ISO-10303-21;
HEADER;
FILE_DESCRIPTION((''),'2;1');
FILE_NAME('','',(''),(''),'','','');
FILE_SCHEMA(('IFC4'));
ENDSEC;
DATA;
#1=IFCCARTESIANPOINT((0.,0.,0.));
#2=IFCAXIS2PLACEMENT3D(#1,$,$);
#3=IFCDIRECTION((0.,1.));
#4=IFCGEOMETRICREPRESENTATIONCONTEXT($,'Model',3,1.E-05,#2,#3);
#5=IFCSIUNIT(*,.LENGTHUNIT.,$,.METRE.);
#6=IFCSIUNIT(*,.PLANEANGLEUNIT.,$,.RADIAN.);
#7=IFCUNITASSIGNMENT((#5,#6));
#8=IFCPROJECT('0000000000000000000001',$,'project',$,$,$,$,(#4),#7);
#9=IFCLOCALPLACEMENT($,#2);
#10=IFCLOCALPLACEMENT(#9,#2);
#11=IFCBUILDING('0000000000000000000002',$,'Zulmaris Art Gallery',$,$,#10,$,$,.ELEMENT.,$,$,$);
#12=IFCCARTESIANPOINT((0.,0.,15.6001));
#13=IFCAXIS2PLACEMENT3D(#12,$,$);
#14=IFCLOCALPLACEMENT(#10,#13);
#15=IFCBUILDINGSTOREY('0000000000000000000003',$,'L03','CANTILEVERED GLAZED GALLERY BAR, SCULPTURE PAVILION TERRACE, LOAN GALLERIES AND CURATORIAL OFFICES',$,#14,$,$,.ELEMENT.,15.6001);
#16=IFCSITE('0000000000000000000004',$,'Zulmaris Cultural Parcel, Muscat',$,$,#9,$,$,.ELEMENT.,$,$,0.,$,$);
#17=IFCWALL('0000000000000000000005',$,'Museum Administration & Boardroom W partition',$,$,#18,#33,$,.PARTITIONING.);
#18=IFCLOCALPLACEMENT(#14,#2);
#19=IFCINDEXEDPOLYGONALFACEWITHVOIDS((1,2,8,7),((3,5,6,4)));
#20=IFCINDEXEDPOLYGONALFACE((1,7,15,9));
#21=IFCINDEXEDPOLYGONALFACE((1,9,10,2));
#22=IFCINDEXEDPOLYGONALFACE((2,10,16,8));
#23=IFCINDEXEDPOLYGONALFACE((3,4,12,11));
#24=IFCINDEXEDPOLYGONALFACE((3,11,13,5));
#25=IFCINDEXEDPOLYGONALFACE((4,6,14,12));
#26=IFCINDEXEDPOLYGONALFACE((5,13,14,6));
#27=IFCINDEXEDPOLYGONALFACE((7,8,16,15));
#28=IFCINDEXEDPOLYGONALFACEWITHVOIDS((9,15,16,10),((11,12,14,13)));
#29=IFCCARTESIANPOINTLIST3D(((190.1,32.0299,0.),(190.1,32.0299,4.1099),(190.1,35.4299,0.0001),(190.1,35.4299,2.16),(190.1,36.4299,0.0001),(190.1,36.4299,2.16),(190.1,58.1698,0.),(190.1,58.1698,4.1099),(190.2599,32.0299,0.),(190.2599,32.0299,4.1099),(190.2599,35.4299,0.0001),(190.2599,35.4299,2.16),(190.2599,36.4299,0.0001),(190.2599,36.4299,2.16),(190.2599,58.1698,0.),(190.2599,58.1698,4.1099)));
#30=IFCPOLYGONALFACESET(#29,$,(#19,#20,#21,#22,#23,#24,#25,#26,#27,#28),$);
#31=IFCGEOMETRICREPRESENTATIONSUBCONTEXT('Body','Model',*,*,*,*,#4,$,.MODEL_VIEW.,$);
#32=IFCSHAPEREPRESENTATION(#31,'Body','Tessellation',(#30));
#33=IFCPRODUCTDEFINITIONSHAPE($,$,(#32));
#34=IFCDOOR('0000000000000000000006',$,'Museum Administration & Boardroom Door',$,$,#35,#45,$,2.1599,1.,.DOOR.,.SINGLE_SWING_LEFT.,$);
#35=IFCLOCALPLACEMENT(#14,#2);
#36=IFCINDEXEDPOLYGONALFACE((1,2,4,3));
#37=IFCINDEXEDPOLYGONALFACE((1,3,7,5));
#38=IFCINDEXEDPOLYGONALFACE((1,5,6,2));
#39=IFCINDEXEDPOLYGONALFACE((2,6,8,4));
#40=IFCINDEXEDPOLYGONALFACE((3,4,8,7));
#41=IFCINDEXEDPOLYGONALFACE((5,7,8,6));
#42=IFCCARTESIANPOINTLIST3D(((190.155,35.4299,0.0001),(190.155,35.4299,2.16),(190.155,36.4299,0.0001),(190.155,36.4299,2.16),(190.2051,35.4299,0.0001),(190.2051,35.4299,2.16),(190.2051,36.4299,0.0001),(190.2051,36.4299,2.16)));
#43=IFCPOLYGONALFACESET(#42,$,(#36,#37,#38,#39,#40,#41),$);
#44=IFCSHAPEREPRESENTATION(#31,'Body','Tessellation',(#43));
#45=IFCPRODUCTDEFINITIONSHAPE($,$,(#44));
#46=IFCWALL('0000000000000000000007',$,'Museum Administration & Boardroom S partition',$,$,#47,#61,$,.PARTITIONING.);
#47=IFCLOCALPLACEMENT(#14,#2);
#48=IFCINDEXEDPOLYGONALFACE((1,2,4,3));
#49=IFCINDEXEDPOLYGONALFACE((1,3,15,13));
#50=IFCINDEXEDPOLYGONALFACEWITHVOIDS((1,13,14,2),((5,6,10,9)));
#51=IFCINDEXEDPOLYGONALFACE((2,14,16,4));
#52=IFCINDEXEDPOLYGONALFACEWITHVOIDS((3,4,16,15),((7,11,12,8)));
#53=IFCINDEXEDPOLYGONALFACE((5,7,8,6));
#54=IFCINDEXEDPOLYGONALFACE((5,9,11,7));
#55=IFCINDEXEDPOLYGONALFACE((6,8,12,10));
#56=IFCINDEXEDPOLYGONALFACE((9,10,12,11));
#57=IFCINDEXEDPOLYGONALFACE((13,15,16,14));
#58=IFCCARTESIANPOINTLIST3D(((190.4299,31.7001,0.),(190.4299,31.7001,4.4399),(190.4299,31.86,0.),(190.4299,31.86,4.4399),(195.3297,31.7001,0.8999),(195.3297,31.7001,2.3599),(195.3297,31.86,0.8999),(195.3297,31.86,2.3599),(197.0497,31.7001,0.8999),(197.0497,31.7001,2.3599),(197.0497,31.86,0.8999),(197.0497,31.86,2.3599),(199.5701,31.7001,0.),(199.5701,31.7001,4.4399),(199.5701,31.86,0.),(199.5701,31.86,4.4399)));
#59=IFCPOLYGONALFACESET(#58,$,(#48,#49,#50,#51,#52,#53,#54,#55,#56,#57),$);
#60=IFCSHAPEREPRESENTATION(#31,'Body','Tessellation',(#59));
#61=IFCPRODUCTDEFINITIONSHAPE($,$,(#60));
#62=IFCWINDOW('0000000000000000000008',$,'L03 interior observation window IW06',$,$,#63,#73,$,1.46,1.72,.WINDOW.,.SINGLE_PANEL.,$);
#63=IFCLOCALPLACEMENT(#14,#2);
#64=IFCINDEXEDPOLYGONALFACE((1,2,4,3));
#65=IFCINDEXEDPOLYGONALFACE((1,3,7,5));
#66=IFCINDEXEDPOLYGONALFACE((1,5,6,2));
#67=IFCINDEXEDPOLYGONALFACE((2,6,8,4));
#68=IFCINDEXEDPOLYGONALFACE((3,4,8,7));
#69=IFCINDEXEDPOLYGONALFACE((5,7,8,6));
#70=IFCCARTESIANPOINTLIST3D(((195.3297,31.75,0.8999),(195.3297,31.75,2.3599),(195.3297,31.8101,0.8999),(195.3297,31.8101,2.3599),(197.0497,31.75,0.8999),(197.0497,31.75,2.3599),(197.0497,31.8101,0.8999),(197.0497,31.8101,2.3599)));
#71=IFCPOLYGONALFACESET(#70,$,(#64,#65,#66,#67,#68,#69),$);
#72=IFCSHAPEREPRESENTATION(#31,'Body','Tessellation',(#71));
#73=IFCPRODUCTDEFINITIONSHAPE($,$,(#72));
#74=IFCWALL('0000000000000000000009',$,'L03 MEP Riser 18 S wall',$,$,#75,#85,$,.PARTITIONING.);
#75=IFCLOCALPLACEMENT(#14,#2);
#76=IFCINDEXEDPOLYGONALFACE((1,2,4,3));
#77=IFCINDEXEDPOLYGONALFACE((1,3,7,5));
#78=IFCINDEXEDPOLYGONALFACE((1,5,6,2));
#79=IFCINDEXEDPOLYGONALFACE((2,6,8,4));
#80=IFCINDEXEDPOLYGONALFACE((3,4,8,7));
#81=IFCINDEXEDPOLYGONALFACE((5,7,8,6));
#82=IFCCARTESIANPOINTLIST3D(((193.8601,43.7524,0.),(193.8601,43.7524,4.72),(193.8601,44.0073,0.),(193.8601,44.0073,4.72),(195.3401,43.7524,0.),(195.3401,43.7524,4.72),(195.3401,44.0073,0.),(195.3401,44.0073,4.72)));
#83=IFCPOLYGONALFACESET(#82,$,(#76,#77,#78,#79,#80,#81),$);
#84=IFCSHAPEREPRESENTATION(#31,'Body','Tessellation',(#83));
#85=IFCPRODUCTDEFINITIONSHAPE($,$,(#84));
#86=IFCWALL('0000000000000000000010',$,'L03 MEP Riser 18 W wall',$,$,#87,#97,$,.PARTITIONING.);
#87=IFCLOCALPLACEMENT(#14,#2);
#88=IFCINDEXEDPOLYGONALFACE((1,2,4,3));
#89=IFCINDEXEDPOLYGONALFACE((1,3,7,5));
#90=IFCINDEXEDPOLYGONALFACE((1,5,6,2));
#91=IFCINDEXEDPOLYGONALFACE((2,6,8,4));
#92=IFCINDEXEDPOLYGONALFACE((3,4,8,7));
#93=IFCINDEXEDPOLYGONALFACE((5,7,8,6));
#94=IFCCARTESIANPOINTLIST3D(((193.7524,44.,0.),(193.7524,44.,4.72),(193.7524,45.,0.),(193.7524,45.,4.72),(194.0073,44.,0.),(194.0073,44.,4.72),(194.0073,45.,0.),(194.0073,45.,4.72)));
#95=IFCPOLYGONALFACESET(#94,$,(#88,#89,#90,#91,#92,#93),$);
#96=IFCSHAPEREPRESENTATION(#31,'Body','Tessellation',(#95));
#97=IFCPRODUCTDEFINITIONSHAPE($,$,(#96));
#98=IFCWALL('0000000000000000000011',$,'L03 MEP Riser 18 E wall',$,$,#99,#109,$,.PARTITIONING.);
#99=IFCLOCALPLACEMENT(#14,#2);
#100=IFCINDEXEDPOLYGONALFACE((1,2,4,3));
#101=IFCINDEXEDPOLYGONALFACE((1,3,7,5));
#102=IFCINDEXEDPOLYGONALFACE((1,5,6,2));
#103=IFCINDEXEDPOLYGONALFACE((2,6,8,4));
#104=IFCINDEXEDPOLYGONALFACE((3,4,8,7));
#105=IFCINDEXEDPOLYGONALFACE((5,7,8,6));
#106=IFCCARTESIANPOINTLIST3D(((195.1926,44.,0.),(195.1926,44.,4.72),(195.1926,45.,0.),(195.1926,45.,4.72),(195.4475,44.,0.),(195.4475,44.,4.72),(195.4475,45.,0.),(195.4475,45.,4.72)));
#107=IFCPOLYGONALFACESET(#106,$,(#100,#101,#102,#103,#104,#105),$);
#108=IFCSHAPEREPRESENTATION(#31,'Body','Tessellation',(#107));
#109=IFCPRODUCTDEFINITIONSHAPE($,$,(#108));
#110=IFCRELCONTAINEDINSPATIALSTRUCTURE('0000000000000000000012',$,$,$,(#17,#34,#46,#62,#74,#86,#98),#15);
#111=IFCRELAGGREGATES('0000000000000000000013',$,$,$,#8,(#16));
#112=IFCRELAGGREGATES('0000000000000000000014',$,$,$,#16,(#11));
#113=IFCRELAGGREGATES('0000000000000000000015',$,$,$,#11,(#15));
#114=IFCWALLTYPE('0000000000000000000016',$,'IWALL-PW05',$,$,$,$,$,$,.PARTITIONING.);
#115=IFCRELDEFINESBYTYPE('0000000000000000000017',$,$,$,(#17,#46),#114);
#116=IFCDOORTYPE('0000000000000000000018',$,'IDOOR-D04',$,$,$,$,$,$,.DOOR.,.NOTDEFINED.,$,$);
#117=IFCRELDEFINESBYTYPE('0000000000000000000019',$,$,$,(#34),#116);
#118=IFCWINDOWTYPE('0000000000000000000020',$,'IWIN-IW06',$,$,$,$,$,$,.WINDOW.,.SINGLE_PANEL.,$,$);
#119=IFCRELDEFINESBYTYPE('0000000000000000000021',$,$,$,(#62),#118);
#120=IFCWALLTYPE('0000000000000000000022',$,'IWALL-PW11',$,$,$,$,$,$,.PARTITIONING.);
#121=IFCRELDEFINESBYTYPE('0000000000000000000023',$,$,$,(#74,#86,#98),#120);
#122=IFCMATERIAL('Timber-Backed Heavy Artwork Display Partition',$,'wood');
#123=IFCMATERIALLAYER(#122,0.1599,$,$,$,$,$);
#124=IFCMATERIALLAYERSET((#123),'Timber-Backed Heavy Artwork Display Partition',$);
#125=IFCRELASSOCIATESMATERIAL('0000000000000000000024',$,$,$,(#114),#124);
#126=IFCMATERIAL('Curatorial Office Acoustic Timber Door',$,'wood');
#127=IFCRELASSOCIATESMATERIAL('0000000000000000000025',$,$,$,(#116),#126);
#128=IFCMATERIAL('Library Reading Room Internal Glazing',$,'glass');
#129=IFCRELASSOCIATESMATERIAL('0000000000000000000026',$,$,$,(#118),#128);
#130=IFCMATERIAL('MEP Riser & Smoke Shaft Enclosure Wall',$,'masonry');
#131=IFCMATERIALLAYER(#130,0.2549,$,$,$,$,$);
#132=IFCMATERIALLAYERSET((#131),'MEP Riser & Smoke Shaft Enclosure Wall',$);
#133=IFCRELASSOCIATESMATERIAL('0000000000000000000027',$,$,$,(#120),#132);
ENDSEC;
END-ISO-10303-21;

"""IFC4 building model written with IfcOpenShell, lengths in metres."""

from ifc_helpers import new_model, si_unit, direction, frame, frame_2d, origin, place, context, subcontext, project, spatial, rectangle, extrude, material, layer, layer_set, type_object, element, fill, save


model = new_model("IFC4")

# Units and contexts
model_context = context("Model", 3, precision=1e-05, world=origin(), true_north=direction((0.0, 1.0)))
body_context = subcontext(model_context, "Body", "Model", "MODEL_VIEW")
ifc_project = project(units=[si_unit("LENGTHUNIT", "METRE"), si_unit("PLANEANGLEUNIT", "RADIAN")], contexts=[model_context])

# Site, building, storey
site_placement = place(None, origin())
site = spatial("IfcSite", under=ifc_project, at=site_placement, Name="Zulmaris Cultural Parcel, Muscat", CompositionType="ELEMENT", RefElevation=0.0)
building_placement = place(site_placement, origin())
building = spatial("IfcBuilding", under=site, at=building_placement, Name="Zulmaris Art Gallery", CompositionType="ELEMENT")
storey_placement = place(building_placement, frame((0.0, 0.0, 15.6001)))
storey = spatial("IfcBuildingStorey", under=building, at=storey_placement, Name="L03", Description="CANTILEVERED GLAZED GALLERY BAR, SCULPTURE PAVILION TERRACE, LOAN GALLERIES AND CURATORIAL OFFICES", CompositionType="ELEMENT", Elevation=15.6001)

# Wall, opening, door
ifc_material_1 = material(Name="Timber-Backed Heavy Artwork Display Partition", Category="wood")
ifc_layer_1 = layer(ifc_material_1, 0.1599)
ifc_layer_set_1 = layer_set([ifc_layer_1], Name="Timber-Backed Heavy Artwork Display Partition")
wall_type_1 = type_object("IfcWallType", Name="IWALL-PW05", PredefinedType="PARTITIONING", material=ifc_layer_set_1)
wall_1_placement = place(storey_placement, frame((190.1799, 32.03, 0.0), z_axis=(0.0, 0.0, 1.0), x_axis=(0.0, 1.0, 0.0)))
wall_1 = element("IfcWall", 1, at=wall_1_placement, inside=storey, type_object=wall_type_1, Name="Museum Administration & Boardroom W partition", PredefinedType="PARTITIONING", context=body_context, shape_type="SweptSolid", body=[
    extrude(rectangle(XDim=26.1399, YDim=0.1599, at=frame_2d((13.0698, 0.0))), origin(), (0.0, 0.0, 1.0), 4.1099),
])
opening_1_placement = place(wall_1_placement, frame((3.3999, 0.0, 0.0)))
opening_1 = element("IfcOpeningElement", 2, at=opening_1_placement, cuts=wall_1, PredefinedType="OPENING", context=body_context, shape_type="SweptSolid", body=[
    extrude(rectangle(XDim=1.0, YDim=2.1599, at=frame_2d((0.5, 1.0801))), frame((0.0, 0.0898, 0.0), z_axis=(0.0, -1.0, 0.0), x_axis=(1.0, 0.0, 0.0)), (0.0, 0.0, 1.0), 0.1799),
])
ifc_material_2 = material(Name="Curatorial Office Acoustic Timber Door", Category="wood")
door_type = type_object("IfcDoorType", Name="IDOOR-D04", OperationType="NOTDEFINED", PredefinedType="DOOR", material=ifc_material_2)
door_placement = place(opening_1_placement, origin())
door = element("IfcDoor", 3, at=door_placement, inside=storey, type_object=door_type, Name="Museum Administration & Boardroom Door", OperationType="SINGLE_SWING_LEFT", OverallHeight=2.1599, OverallWidth=1.0, PredefinedType="DOOR", context=body_context, shape_type="SweptSolid", body=[
    extrude(rectangle(XDim=1.0, YDim=2.1599, at=frame_2d((0.5, 1.0801))), frame((0.0, 0.0249, 0.0), z_axis=(0.0, -1.0, 0.0), x_axis=(1.0, 0.0, 0.0)), (0.0, 0.0, 1.0), 0.05),
])
fill(opening_1, door)

# Wall, opening, window
wall_2_placement = place(storey_placement, frame((190.4299, 31.78, 0.0), z_axis=(0.0, 0.0, 1.0), x_axis=(1.0, 0.0, 0.0)))
wall_2 = element("IfcWall", 4, at=wall_2_placement, inside=storey, type_object=wall_type_1, Name="Museum Administration & Boardroom S partition", PredefinedType="PARTITIONING", context=body_context, shape_type="SweptSolid", body=[
    extrude(rectangle(XDim=9.1401, YDim=0.1599, at=frame_2d((4.5701, 0.0))), origin(), (0.0, 0.0, 1.0), 4.4399),
])
opening_2_placement = place(wall_2_placement, frame((4.8999, 0.0, 0.8999)))
opening_2 = element("IfcOpeningElement", 5, at=opening_2_placement, cuts=wall_2, PredefinedType="OPENING", context=body_context, shape_type="SweptSolid", body=[
    extrude(rectangle(XDim=1.72, YDim=1.46, at=frame_2d((0.8599, 0.73))), frame((0.0, 0.0898, 0.0), z_axis=(0.0, -1.0, 0.0), x_axis=(1.0, 0.0, 0.0)), (0.0, 0.0, 1.0), 0.1799),
])
ifc_material_3 = material(Name="Library Reading Room Internal Glazing", Category="glass")
window_type = type_object("IfcWindowType", Name="IWIN-IW06", PartitioningType="SINGLE_PANEL", PredefinedType="WINDOW", material=ifc_material_3)
window_placement = place(opening_2_placement, origin())
window = element("IfcWindow", 6, at=window_placement, inside=storey, type_object=window_type, Name="L03 interior observation window IW06", OverallHeight=1.46, OverallWidth=1.72, PartitioningType="SINGLE_PANEL", PredefinedType="WINDOW", context=body_context, shape_type="SweptSolid", body=[
    extrude(rectangle(XDim=1.72, YDim=1.46, at=frame_2d((0.8599, 0.73))), frame((0.0, 0.03, 0.0), z_axis=(0.0, -1.0, 0.0), x_axis=(1.0, 0.0, 0.0)), (0.0, 0.0, 1.0), 0.0601),
])
fill(opening_2, window)

# Walls
ifc_material_4 = material(Name="MEP Riser & Smoke Shaft Enclosure Wall", Category="masonry")
ifc_layer_2 = layer(ifc_material_4, 0.2549)
ifc_layer_set_2 = layer_set([ifc_layer_2], Name="MEP Riser & Smoke Shaft Enclosure Wall")
wall_type_2 = type_object("IfcWallType", Name="IWALL-PW11", PredefinedType="PARTITIONING", material=ifc_layer_set_2)
wall_3_placement = place(storey_placement, frame((193.8601, 43.8799, 0.0), z_axis=(0.0, 0.0, 1.0), x_axis=(1.0, 0.0, 0.0)))
element("IfcWall", 7, at=wall_3_placement, inside=storey, type_object=wall_type_2, Name="L03 MEP Riser 18 S wall", PredefinedType="PARTITIONING", context=body_context, shape_type="SweptSolid", body=[
    extrude(rectangle(XDim=1.48, YDim=0.2549, at=frame_2d((0.74, 0.0))), origin(), (0.0, 0.0, 1.0), 4.72),
])
for number, where, z_axis, x_axis, name in (
    (8, (193.8799, 44.0, 0.0), (0.0, 0.0, 1.0), (0.0, 1.0, 0.0), "L03 MEP Riser 18 W wall"),
    (9, (195.3201, 44.0, 0.0), (0.0, 0.0, 1.0), (0.0, 1.0, 0.0), "L03 MEP Riser 18 E wall"),
):
    element("IfcWall", number, at=place(storey_placement, frame(where, z_axis=z_axis, x_axis=x_axis)), inside=storey, type_object=wall_type_2, Name=name, PredefinedType="PARTITIONING", context=body_context, shape_type="SweptSolid", body=[
        extrude(rectangle(XDim=1.0, YDim=0.2549, at=frame_2d((0.5, 0.0))), origin(), (0.0, 0.0, 1.0), 4.72),
    ])

save(model, "model.ifc")
